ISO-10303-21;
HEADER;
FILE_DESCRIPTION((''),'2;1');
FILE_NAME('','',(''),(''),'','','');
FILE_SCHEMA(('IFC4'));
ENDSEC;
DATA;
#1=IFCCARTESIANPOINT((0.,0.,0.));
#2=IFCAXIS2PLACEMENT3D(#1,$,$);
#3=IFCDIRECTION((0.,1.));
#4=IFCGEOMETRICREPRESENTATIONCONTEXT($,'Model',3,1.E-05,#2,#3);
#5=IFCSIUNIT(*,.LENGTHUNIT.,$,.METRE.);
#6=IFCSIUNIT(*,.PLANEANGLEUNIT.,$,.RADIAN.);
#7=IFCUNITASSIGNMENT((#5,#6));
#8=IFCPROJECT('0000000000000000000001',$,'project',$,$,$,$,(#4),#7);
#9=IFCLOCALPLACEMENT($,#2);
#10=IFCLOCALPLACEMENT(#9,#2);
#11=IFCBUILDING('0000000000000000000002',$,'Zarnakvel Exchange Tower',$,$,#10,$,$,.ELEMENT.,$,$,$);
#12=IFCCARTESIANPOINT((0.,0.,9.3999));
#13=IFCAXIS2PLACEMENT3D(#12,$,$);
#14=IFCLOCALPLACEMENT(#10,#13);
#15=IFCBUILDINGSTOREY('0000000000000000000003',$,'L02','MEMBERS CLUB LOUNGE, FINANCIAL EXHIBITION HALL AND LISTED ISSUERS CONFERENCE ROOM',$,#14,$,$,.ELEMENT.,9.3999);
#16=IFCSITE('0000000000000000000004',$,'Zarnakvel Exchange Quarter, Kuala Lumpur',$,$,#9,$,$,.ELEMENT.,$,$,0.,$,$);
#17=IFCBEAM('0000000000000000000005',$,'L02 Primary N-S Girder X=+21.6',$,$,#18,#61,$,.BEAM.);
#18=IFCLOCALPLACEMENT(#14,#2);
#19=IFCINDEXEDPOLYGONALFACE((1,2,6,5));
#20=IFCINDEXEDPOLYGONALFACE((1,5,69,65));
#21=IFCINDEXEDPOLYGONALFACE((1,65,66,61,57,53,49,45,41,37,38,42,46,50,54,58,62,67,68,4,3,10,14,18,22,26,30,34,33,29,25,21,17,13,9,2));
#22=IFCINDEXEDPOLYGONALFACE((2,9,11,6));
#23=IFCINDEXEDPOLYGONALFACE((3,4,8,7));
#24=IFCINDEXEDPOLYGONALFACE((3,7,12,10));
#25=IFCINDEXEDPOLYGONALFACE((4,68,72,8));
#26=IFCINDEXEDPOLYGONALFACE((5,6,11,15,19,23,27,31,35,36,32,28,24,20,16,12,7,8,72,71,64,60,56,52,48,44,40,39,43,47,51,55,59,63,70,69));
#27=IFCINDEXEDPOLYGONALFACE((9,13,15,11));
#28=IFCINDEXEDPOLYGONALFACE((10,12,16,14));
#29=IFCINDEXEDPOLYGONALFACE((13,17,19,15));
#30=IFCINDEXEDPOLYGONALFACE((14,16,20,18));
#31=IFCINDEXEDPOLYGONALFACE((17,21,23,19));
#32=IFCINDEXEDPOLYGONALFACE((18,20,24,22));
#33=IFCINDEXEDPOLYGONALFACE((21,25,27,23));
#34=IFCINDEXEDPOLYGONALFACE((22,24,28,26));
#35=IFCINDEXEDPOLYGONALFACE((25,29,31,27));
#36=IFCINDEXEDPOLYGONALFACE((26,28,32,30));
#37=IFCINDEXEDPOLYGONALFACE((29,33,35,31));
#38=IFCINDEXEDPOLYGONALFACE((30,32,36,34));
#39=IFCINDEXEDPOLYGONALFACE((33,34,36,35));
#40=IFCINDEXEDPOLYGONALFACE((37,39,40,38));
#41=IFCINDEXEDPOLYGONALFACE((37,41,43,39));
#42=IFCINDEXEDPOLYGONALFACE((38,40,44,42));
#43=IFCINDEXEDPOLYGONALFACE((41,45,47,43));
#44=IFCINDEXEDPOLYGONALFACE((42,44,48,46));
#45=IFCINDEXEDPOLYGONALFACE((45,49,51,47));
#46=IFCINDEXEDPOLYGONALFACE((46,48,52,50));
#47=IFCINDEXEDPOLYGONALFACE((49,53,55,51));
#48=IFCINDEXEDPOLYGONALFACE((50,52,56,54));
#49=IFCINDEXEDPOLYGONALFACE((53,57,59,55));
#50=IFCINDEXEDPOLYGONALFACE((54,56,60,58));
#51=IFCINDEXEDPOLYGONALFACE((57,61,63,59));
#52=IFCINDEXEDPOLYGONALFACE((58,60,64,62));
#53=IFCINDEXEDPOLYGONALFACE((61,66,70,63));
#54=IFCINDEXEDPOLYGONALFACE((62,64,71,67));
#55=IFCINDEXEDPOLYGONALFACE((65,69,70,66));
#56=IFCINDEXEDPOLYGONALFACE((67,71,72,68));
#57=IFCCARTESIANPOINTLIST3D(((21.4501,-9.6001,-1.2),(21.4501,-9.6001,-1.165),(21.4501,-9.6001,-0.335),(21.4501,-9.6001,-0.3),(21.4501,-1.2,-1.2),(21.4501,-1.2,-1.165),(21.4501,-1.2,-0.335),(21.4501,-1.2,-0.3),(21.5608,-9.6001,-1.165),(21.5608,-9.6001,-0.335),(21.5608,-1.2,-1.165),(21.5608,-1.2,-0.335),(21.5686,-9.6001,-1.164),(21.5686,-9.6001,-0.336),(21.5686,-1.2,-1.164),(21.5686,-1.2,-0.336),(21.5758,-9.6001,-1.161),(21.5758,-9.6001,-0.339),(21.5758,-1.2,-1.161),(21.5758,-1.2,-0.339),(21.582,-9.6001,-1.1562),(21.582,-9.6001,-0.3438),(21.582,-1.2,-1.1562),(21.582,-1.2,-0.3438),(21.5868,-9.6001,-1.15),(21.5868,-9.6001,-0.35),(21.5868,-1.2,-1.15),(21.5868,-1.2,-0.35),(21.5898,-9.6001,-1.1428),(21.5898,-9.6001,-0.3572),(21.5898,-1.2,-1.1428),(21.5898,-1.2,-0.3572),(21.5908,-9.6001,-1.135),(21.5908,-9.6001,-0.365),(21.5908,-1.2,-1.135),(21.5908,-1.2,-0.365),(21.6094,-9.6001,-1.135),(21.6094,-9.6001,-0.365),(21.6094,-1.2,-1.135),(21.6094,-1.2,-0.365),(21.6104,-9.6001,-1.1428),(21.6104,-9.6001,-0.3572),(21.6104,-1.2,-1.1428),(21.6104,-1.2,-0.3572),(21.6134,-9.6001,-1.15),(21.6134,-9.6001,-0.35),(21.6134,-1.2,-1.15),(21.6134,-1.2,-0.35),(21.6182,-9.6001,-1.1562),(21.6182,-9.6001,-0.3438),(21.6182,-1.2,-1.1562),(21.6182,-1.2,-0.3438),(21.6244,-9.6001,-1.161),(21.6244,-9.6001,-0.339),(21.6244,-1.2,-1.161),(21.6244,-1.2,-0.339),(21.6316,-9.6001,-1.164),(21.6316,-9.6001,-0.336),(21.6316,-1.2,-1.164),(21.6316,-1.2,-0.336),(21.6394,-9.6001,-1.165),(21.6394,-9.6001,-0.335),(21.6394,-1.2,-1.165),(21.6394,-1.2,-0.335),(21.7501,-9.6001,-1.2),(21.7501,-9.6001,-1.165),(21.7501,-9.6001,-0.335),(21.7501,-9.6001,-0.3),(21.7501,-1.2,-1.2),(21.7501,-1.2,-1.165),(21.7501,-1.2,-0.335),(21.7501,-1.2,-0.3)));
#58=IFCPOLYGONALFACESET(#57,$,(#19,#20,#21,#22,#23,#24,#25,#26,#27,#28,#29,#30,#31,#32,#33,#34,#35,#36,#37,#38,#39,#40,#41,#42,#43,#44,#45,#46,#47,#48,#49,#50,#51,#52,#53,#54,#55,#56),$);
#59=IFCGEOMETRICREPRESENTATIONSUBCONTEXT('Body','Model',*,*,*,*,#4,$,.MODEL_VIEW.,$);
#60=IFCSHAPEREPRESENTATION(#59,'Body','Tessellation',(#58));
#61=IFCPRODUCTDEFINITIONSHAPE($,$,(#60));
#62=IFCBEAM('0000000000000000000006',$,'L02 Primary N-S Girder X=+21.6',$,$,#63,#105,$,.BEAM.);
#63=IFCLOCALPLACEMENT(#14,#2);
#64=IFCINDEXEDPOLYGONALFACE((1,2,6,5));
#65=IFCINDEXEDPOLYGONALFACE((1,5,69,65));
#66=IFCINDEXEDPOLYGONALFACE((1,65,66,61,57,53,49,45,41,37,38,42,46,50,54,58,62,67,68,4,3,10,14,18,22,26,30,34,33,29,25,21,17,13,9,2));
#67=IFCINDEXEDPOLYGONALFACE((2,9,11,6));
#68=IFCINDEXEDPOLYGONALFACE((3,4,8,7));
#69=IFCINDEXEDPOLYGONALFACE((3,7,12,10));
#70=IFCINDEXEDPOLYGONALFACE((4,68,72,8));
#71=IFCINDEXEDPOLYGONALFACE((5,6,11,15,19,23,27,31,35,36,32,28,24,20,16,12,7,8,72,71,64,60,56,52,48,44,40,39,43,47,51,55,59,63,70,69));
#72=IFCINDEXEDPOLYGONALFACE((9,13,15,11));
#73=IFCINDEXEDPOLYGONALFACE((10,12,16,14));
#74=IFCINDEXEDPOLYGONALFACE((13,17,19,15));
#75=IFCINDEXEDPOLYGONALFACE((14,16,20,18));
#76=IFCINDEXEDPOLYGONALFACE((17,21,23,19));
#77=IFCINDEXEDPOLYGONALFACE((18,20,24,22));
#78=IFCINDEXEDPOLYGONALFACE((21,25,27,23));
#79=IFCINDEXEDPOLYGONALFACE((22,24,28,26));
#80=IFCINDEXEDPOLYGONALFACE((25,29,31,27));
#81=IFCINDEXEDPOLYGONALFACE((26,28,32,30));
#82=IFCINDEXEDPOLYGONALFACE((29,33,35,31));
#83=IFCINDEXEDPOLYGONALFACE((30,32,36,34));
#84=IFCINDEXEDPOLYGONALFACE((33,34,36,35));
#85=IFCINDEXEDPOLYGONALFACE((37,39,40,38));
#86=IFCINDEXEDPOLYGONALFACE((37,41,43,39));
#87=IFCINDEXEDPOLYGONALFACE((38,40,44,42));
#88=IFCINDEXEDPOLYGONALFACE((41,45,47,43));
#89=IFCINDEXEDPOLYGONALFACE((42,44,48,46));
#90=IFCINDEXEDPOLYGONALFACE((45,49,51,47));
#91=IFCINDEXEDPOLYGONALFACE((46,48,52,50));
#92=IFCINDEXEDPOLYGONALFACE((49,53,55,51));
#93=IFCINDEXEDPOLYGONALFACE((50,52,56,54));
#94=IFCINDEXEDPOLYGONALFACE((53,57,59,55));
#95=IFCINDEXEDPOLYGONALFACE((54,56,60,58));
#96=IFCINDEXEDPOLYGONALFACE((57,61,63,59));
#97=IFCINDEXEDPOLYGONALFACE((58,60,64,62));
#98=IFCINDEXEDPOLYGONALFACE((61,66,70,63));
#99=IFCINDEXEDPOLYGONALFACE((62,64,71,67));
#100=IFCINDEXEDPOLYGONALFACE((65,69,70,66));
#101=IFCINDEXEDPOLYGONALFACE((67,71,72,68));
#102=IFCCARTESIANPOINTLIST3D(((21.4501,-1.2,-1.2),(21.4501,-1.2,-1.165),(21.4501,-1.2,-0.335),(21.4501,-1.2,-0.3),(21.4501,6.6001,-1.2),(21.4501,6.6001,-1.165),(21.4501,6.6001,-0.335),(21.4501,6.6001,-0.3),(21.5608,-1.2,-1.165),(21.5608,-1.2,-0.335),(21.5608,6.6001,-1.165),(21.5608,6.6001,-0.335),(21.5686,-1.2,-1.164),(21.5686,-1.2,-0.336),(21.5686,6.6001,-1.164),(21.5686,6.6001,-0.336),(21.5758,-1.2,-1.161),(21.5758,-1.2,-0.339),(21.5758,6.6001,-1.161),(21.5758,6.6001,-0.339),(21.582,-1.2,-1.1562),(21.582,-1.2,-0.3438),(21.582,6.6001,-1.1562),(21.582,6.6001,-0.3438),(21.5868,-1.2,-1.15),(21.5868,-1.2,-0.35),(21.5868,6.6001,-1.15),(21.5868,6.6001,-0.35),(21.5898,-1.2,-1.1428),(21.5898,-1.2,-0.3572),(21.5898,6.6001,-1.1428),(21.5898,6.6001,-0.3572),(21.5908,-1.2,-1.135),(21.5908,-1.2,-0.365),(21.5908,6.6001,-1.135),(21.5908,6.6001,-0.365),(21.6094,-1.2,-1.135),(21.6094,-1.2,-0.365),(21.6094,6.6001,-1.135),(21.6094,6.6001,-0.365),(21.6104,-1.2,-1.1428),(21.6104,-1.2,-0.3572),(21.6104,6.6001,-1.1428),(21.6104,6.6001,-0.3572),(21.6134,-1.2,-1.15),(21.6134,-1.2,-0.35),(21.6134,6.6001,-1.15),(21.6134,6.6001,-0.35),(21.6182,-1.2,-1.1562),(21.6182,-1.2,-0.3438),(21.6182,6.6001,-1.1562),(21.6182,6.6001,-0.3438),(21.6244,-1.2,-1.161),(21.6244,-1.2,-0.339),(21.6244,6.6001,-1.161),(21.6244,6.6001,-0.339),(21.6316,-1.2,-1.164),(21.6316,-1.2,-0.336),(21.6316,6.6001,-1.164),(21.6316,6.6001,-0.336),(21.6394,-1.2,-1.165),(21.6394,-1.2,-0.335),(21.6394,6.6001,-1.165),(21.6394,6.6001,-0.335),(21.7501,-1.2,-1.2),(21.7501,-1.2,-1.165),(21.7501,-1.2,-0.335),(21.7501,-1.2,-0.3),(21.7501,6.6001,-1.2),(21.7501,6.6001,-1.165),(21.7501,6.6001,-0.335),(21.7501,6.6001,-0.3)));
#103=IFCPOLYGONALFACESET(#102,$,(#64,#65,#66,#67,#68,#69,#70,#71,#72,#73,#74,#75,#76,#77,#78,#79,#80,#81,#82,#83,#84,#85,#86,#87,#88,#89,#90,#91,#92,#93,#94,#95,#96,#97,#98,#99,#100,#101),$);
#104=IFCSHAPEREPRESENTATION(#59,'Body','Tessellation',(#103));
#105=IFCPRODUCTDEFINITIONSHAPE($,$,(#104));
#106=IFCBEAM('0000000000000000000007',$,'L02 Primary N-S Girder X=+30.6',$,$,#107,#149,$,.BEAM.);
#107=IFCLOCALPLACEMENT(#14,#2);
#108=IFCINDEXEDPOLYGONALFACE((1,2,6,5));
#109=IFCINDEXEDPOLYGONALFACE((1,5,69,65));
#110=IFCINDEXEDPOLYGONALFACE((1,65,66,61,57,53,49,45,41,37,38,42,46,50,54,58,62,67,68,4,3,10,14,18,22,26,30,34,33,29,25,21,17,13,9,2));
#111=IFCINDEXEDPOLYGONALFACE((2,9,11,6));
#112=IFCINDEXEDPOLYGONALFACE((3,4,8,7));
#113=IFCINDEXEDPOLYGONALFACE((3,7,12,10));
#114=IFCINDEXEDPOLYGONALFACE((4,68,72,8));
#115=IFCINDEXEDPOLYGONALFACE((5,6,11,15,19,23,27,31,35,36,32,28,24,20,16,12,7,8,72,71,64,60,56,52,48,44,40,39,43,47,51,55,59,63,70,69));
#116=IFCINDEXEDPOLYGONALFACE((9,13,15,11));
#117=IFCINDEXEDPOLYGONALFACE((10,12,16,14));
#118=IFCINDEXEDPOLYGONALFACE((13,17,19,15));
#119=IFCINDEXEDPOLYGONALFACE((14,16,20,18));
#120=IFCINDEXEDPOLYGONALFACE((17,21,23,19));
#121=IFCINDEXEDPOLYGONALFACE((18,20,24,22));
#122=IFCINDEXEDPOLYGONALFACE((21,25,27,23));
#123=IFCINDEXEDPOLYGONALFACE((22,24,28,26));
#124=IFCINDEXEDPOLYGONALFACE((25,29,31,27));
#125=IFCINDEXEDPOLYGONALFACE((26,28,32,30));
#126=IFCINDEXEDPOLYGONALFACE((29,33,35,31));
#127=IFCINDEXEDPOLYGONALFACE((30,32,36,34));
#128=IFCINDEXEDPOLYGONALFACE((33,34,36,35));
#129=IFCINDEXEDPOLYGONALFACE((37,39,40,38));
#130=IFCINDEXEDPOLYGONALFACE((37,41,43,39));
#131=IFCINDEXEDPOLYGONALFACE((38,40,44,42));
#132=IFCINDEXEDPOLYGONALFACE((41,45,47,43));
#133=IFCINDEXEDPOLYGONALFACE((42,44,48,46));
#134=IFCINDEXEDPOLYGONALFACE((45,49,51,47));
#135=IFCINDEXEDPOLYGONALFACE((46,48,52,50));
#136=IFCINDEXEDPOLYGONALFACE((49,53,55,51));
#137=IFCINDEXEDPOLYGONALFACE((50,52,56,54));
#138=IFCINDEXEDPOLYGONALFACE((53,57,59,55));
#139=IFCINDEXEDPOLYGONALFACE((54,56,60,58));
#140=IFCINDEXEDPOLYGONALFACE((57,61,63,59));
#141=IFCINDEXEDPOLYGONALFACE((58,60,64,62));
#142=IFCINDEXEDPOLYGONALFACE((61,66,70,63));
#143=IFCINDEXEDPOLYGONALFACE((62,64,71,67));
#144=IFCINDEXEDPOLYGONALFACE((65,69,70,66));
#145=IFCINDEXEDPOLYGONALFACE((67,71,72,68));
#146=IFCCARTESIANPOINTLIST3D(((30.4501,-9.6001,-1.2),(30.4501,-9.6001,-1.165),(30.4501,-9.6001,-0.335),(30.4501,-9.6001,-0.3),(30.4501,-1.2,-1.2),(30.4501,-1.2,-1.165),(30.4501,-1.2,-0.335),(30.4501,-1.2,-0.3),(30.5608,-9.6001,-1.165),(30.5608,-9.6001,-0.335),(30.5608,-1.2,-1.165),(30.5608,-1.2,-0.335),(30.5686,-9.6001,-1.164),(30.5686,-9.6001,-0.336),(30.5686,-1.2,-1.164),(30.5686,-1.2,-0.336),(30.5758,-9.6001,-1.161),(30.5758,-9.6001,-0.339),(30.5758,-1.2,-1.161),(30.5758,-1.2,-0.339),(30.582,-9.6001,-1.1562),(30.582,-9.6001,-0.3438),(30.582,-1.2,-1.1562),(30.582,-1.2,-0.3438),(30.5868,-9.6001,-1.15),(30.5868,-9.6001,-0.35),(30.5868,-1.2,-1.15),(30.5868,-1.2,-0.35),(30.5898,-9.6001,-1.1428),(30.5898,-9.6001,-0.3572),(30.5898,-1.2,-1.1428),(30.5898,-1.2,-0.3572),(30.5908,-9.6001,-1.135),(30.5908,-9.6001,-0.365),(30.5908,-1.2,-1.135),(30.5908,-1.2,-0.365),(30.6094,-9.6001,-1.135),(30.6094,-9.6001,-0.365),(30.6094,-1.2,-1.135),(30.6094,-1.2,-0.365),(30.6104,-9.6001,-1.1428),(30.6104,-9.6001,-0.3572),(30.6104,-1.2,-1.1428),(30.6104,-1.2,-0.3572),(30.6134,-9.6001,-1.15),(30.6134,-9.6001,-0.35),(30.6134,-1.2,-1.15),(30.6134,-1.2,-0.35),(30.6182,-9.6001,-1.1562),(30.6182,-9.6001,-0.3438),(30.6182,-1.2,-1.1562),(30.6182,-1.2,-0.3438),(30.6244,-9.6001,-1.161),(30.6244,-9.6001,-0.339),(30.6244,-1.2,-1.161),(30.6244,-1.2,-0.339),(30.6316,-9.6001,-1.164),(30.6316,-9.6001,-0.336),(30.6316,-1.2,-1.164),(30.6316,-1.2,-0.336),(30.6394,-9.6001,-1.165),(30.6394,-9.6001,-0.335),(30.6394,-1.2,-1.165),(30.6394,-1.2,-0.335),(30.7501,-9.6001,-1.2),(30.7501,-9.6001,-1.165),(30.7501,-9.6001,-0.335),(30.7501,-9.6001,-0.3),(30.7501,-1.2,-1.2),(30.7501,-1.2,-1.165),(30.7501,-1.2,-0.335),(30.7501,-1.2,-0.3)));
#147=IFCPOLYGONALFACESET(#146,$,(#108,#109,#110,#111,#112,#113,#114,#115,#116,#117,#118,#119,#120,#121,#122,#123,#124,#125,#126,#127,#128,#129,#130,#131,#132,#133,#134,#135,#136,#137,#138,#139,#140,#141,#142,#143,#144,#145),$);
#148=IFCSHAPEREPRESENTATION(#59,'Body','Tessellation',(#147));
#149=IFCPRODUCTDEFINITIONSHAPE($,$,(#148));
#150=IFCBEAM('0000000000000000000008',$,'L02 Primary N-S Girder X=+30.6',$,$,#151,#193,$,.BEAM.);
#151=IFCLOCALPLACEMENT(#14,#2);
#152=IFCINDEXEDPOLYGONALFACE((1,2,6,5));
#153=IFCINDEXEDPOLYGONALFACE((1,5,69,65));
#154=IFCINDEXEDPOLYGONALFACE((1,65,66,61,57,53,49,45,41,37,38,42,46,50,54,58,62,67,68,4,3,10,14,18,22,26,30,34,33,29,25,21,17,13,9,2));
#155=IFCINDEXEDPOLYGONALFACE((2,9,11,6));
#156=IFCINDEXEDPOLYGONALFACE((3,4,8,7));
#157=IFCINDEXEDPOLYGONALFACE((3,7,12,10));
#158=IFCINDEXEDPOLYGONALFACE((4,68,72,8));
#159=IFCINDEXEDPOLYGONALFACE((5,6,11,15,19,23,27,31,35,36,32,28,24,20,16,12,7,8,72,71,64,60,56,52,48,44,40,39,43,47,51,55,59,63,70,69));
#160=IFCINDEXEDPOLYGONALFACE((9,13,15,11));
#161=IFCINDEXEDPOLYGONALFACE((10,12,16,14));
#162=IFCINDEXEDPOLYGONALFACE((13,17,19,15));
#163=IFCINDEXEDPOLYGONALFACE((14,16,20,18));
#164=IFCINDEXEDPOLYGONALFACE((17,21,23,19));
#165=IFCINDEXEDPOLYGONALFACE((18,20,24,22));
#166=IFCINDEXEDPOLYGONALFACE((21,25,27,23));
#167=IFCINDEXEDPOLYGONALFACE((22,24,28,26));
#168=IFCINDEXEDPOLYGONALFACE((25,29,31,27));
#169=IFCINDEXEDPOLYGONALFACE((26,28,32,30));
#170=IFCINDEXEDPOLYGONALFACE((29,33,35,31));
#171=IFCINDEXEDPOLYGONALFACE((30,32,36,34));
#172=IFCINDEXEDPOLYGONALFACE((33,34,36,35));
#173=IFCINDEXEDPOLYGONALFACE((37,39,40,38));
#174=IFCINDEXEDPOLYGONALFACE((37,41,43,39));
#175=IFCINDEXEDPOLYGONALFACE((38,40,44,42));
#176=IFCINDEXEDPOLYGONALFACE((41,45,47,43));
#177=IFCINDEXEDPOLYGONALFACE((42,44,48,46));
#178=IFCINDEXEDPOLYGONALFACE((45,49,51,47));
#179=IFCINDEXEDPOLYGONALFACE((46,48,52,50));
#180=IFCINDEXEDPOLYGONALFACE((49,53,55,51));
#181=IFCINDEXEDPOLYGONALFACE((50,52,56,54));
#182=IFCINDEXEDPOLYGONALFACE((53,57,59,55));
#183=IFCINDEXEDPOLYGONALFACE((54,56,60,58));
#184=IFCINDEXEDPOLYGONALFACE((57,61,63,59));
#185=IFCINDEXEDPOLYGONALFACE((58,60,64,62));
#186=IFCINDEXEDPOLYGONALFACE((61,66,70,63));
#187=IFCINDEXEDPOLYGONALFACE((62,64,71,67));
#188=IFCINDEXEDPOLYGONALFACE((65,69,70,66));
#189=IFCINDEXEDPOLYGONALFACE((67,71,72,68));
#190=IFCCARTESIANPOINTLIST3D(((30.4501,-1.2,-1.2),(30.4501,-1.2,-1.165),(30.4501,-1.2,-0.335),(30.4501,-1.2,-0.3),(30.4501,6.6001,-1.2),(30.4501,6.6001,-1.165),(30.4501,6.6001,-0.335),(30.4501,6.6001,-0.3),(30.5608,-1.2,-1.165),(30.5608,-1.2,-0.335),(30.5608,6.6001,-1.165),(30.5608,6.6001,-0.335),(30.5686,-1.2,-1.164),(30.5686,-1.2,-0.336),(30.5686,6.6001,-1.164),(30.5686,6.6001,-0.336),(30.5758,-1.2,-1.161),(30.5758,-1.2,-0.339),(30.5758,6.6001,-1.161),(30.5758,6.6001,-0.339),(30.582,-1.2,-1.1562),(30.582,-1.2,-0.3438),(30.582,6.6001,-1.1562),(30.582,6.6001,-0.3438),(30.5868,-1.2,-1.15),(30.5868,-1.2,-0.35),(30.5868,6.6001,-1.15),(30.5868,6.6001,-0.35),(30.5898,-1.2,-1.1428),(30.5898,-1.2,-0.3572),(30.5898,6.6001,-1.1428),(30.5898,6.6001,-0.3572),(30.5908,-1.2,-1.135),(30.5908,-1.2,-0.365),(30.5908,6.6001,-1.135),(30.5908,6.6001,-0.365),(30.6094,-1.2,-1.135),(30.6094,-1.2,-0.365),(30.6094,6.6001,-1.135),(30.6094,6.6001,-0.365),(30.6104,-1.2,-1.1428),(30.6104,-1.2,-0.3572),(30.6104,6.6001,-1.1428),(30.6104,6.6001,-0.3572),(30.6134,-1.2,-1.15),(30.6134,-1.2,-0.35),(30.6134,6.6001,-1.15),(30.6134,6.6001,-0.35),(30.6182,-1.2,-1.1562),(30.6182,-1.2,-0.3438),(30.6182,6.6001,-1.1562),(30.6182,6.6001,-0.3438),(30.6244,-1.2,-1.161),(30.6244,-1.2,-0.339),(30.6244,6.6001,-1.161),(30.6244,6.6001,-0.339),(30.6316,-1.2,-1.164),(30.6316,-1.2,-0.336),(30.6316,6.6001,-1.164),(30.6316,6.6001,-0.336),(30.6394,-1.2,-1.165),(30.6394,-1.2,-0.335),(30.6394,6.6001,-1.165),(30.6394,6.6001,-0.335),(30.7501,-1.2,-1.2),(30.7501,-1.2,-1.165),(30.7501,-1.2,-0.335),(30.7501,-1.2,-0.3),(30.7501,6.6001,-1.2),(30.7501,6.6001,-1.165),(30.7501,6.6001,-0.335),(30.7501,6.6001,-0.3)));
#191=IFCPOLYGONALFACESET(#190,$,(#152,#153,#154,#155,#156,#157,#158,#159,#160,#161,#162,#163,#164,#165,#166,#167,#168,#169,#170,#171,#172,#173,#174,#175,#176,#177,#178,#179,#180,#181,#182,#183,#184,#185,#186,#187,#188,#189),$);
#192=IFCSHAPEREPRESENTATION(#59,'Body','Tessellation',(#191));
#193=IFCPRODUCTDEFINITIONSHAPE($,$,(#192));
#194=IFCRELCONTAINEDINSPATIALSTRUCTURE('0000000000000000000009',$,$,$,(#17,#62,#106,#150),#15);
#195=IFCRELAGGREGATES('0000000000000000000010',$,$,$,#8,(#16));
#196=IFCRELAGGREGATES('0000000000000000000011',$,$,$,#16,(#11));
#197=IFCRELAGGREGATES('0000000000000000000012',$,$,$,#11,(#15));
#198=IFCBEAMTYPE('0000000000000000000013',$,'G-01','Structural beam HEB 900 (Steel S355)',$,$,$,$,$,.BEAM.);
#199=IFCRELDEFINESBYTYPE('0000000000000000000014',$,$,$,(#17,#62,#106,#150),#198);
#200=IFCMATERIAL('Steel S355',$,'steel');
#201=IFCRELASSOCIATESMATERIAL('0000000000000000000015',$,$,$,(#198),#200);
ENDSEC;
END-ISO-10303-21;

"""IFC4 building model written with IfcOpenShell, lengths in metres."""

from ifc_helpers import new_model, si_unit, direction, frame, origin, origin_2d, place, context, subcontext, project, spatial, i_section, extrude, material, material_profile, profile_set, type_object, element, save


model = new_model("IFC4")

# Units and contexts
model_context = context("Model", 3, precision=1e-05, world=origin(), true_north=direction((0.0, 1.0)))
body_context = subcontext(model_context, "Body", "Model", "MODEL_VIEW")
ifc_project = project(units=[si_unit("LENGTHUNIT", "METRE"), si_unit("PLANEANGLEUNIT", "RADIAN")], contexts=[model_context])

# Site, building, storey
site_placement = place(None, origin())
site = spatial("IfcSite", under=ifc_project, at=site_placement, Name="Zarnakvel Exchange Quarter, Kuala Lumpur", CompositionType="ELEMENT", RefElevation=0.0)
building_placement = place(site_placement, origin())
building = spatial("IfcBuilding", under=site, at=building_placement, Name="Zarnakvel Exchange Tower", CompositionType="ELEMENT")
storey_placement = place(building_placement, frame((0.0, 0.0, 9.3999)))
storey = spatial("IfcBuildingStorey", under=building, at=storey_placement, Name="L02", Description="MEMBERS CLUB LOUNGE, FINANCIAL EXHIBITION HALL AND LISTED ISSUERS CONFERENCE ROOM", CompositionType="ELEMENT", Elevation=9.3999)

# Beams
ifc_material_1 = material(Name="Steel S355", Category="steel")
ifc_material_profile_1 = material_profile(ifc_material_1, i_section(OverallWidth=0.3, OverallDepth=0.8999, WebThickness=0.0186, FlangeThickness=0.0349, FilletRadius=0.03, at=origin_2d()))
ifc_profile_set_1 = profile_set([ifc_material_profile_1], Name="Steel S355")
beam_type = type_object("IfcBeamType", Name="G-01", Description="Structural beam HEB 900 (Steel S355)", PredefinedType="BEAM", material=ifc_profile_set_1)
beam_1_placement = place(storey_placement, frame((21.6001, -9.6001, -0.75), z_axis=(0.0, 1.0, 0.0), x_axis=(-1.0, 0.0, 0.0)))
element("IfcBeam", 1, at=beam_1_placement, inside=storey, type_object=beam_type, Name="L02 Primary N-S Girder X=+21.6", PredefinedType="BEAM", context=body_context, shape_type="SweptSolid", body=[
    extrude(i_section(OverallWidth=0.3, OverallDepth=0.8999, WebThickness=0.0186, FlangeThickness=0.0349, FilletRadius=0.03, at=origin_2d()), origin(), (0.0, 0.0, 1.0), 8.4001),
])
beam_2_placement = place(storey_placement, frame((21.6001, -1.2, -0.75), z_axis=(0.0, 1.0, 0.0), x_axis=(-1.0, 0.0, 0.0)))
element("IfcBeam", 2, at=beam_2_placement, inside=storey, type_object=beam_type, Name="L02 Primary N-S Girder X=+21.6", PredefinedType="BEAM", context=body_context, shape_type="SweptSolid", body=[
    extrude(i_section(OverallWidth=0.3, OverallDepth=0.8999, WebThickness=0.0186, FlangeThickness=0.0349, FilletRadius=0.03, at=origin_2d()), origin(), (0.0, 0.0, 1.0), 7.8),
])
beam_3_placement = place(storey_placement, frame((30.6001, -9.6001, -0.75), z_axis=(0.0, 1.0, 0.0), x_axis=(-1.0, 0.0, 0.0)))
element("IfcBeam", 3, at=beam_3_placement, inside=storey, type_object=beam_type, Name="L02 Primary N-S Girder X=+30.6", PredefinedType="BEAM", context=body_context, shape_type="SweptSolid", body=[
    extrude(i_section(OverallWidth=0.3, OverallDepth=0.8999, WebThickness=0.0186, FlangeThickness=0.0349, FilletRadius=0.03, at=origin_2d()), origin(), (0.0, 0.0, 1.0), 8.4001),
])
beam_4_placement = place(storey_placement, frame((30.6001, -1.2, -0.75), z_axis=(0.0, 1.0, 0.0), x_axis=(-1.0, 0.0, 0.0)))
element("IfcBeam", 4, at=beam_4_placement, inside=storey, type_object=beam_type, Name="L02 Primary N-S Girder X=+30.6", PredefinedType="BEAM", context=body_context, shape_type="SweptSolid", body=[
    extrude(i_section(OverallWidth=0.3, OverallDepth=0.8999, WebThickness=0.0186, FlangeThickness=0.0349, FilletRadius=0.03, at=origin_2d()), origin(), (0.0, 0.0, 1.0), 7.8),
])

save(model, "model.ifc")
